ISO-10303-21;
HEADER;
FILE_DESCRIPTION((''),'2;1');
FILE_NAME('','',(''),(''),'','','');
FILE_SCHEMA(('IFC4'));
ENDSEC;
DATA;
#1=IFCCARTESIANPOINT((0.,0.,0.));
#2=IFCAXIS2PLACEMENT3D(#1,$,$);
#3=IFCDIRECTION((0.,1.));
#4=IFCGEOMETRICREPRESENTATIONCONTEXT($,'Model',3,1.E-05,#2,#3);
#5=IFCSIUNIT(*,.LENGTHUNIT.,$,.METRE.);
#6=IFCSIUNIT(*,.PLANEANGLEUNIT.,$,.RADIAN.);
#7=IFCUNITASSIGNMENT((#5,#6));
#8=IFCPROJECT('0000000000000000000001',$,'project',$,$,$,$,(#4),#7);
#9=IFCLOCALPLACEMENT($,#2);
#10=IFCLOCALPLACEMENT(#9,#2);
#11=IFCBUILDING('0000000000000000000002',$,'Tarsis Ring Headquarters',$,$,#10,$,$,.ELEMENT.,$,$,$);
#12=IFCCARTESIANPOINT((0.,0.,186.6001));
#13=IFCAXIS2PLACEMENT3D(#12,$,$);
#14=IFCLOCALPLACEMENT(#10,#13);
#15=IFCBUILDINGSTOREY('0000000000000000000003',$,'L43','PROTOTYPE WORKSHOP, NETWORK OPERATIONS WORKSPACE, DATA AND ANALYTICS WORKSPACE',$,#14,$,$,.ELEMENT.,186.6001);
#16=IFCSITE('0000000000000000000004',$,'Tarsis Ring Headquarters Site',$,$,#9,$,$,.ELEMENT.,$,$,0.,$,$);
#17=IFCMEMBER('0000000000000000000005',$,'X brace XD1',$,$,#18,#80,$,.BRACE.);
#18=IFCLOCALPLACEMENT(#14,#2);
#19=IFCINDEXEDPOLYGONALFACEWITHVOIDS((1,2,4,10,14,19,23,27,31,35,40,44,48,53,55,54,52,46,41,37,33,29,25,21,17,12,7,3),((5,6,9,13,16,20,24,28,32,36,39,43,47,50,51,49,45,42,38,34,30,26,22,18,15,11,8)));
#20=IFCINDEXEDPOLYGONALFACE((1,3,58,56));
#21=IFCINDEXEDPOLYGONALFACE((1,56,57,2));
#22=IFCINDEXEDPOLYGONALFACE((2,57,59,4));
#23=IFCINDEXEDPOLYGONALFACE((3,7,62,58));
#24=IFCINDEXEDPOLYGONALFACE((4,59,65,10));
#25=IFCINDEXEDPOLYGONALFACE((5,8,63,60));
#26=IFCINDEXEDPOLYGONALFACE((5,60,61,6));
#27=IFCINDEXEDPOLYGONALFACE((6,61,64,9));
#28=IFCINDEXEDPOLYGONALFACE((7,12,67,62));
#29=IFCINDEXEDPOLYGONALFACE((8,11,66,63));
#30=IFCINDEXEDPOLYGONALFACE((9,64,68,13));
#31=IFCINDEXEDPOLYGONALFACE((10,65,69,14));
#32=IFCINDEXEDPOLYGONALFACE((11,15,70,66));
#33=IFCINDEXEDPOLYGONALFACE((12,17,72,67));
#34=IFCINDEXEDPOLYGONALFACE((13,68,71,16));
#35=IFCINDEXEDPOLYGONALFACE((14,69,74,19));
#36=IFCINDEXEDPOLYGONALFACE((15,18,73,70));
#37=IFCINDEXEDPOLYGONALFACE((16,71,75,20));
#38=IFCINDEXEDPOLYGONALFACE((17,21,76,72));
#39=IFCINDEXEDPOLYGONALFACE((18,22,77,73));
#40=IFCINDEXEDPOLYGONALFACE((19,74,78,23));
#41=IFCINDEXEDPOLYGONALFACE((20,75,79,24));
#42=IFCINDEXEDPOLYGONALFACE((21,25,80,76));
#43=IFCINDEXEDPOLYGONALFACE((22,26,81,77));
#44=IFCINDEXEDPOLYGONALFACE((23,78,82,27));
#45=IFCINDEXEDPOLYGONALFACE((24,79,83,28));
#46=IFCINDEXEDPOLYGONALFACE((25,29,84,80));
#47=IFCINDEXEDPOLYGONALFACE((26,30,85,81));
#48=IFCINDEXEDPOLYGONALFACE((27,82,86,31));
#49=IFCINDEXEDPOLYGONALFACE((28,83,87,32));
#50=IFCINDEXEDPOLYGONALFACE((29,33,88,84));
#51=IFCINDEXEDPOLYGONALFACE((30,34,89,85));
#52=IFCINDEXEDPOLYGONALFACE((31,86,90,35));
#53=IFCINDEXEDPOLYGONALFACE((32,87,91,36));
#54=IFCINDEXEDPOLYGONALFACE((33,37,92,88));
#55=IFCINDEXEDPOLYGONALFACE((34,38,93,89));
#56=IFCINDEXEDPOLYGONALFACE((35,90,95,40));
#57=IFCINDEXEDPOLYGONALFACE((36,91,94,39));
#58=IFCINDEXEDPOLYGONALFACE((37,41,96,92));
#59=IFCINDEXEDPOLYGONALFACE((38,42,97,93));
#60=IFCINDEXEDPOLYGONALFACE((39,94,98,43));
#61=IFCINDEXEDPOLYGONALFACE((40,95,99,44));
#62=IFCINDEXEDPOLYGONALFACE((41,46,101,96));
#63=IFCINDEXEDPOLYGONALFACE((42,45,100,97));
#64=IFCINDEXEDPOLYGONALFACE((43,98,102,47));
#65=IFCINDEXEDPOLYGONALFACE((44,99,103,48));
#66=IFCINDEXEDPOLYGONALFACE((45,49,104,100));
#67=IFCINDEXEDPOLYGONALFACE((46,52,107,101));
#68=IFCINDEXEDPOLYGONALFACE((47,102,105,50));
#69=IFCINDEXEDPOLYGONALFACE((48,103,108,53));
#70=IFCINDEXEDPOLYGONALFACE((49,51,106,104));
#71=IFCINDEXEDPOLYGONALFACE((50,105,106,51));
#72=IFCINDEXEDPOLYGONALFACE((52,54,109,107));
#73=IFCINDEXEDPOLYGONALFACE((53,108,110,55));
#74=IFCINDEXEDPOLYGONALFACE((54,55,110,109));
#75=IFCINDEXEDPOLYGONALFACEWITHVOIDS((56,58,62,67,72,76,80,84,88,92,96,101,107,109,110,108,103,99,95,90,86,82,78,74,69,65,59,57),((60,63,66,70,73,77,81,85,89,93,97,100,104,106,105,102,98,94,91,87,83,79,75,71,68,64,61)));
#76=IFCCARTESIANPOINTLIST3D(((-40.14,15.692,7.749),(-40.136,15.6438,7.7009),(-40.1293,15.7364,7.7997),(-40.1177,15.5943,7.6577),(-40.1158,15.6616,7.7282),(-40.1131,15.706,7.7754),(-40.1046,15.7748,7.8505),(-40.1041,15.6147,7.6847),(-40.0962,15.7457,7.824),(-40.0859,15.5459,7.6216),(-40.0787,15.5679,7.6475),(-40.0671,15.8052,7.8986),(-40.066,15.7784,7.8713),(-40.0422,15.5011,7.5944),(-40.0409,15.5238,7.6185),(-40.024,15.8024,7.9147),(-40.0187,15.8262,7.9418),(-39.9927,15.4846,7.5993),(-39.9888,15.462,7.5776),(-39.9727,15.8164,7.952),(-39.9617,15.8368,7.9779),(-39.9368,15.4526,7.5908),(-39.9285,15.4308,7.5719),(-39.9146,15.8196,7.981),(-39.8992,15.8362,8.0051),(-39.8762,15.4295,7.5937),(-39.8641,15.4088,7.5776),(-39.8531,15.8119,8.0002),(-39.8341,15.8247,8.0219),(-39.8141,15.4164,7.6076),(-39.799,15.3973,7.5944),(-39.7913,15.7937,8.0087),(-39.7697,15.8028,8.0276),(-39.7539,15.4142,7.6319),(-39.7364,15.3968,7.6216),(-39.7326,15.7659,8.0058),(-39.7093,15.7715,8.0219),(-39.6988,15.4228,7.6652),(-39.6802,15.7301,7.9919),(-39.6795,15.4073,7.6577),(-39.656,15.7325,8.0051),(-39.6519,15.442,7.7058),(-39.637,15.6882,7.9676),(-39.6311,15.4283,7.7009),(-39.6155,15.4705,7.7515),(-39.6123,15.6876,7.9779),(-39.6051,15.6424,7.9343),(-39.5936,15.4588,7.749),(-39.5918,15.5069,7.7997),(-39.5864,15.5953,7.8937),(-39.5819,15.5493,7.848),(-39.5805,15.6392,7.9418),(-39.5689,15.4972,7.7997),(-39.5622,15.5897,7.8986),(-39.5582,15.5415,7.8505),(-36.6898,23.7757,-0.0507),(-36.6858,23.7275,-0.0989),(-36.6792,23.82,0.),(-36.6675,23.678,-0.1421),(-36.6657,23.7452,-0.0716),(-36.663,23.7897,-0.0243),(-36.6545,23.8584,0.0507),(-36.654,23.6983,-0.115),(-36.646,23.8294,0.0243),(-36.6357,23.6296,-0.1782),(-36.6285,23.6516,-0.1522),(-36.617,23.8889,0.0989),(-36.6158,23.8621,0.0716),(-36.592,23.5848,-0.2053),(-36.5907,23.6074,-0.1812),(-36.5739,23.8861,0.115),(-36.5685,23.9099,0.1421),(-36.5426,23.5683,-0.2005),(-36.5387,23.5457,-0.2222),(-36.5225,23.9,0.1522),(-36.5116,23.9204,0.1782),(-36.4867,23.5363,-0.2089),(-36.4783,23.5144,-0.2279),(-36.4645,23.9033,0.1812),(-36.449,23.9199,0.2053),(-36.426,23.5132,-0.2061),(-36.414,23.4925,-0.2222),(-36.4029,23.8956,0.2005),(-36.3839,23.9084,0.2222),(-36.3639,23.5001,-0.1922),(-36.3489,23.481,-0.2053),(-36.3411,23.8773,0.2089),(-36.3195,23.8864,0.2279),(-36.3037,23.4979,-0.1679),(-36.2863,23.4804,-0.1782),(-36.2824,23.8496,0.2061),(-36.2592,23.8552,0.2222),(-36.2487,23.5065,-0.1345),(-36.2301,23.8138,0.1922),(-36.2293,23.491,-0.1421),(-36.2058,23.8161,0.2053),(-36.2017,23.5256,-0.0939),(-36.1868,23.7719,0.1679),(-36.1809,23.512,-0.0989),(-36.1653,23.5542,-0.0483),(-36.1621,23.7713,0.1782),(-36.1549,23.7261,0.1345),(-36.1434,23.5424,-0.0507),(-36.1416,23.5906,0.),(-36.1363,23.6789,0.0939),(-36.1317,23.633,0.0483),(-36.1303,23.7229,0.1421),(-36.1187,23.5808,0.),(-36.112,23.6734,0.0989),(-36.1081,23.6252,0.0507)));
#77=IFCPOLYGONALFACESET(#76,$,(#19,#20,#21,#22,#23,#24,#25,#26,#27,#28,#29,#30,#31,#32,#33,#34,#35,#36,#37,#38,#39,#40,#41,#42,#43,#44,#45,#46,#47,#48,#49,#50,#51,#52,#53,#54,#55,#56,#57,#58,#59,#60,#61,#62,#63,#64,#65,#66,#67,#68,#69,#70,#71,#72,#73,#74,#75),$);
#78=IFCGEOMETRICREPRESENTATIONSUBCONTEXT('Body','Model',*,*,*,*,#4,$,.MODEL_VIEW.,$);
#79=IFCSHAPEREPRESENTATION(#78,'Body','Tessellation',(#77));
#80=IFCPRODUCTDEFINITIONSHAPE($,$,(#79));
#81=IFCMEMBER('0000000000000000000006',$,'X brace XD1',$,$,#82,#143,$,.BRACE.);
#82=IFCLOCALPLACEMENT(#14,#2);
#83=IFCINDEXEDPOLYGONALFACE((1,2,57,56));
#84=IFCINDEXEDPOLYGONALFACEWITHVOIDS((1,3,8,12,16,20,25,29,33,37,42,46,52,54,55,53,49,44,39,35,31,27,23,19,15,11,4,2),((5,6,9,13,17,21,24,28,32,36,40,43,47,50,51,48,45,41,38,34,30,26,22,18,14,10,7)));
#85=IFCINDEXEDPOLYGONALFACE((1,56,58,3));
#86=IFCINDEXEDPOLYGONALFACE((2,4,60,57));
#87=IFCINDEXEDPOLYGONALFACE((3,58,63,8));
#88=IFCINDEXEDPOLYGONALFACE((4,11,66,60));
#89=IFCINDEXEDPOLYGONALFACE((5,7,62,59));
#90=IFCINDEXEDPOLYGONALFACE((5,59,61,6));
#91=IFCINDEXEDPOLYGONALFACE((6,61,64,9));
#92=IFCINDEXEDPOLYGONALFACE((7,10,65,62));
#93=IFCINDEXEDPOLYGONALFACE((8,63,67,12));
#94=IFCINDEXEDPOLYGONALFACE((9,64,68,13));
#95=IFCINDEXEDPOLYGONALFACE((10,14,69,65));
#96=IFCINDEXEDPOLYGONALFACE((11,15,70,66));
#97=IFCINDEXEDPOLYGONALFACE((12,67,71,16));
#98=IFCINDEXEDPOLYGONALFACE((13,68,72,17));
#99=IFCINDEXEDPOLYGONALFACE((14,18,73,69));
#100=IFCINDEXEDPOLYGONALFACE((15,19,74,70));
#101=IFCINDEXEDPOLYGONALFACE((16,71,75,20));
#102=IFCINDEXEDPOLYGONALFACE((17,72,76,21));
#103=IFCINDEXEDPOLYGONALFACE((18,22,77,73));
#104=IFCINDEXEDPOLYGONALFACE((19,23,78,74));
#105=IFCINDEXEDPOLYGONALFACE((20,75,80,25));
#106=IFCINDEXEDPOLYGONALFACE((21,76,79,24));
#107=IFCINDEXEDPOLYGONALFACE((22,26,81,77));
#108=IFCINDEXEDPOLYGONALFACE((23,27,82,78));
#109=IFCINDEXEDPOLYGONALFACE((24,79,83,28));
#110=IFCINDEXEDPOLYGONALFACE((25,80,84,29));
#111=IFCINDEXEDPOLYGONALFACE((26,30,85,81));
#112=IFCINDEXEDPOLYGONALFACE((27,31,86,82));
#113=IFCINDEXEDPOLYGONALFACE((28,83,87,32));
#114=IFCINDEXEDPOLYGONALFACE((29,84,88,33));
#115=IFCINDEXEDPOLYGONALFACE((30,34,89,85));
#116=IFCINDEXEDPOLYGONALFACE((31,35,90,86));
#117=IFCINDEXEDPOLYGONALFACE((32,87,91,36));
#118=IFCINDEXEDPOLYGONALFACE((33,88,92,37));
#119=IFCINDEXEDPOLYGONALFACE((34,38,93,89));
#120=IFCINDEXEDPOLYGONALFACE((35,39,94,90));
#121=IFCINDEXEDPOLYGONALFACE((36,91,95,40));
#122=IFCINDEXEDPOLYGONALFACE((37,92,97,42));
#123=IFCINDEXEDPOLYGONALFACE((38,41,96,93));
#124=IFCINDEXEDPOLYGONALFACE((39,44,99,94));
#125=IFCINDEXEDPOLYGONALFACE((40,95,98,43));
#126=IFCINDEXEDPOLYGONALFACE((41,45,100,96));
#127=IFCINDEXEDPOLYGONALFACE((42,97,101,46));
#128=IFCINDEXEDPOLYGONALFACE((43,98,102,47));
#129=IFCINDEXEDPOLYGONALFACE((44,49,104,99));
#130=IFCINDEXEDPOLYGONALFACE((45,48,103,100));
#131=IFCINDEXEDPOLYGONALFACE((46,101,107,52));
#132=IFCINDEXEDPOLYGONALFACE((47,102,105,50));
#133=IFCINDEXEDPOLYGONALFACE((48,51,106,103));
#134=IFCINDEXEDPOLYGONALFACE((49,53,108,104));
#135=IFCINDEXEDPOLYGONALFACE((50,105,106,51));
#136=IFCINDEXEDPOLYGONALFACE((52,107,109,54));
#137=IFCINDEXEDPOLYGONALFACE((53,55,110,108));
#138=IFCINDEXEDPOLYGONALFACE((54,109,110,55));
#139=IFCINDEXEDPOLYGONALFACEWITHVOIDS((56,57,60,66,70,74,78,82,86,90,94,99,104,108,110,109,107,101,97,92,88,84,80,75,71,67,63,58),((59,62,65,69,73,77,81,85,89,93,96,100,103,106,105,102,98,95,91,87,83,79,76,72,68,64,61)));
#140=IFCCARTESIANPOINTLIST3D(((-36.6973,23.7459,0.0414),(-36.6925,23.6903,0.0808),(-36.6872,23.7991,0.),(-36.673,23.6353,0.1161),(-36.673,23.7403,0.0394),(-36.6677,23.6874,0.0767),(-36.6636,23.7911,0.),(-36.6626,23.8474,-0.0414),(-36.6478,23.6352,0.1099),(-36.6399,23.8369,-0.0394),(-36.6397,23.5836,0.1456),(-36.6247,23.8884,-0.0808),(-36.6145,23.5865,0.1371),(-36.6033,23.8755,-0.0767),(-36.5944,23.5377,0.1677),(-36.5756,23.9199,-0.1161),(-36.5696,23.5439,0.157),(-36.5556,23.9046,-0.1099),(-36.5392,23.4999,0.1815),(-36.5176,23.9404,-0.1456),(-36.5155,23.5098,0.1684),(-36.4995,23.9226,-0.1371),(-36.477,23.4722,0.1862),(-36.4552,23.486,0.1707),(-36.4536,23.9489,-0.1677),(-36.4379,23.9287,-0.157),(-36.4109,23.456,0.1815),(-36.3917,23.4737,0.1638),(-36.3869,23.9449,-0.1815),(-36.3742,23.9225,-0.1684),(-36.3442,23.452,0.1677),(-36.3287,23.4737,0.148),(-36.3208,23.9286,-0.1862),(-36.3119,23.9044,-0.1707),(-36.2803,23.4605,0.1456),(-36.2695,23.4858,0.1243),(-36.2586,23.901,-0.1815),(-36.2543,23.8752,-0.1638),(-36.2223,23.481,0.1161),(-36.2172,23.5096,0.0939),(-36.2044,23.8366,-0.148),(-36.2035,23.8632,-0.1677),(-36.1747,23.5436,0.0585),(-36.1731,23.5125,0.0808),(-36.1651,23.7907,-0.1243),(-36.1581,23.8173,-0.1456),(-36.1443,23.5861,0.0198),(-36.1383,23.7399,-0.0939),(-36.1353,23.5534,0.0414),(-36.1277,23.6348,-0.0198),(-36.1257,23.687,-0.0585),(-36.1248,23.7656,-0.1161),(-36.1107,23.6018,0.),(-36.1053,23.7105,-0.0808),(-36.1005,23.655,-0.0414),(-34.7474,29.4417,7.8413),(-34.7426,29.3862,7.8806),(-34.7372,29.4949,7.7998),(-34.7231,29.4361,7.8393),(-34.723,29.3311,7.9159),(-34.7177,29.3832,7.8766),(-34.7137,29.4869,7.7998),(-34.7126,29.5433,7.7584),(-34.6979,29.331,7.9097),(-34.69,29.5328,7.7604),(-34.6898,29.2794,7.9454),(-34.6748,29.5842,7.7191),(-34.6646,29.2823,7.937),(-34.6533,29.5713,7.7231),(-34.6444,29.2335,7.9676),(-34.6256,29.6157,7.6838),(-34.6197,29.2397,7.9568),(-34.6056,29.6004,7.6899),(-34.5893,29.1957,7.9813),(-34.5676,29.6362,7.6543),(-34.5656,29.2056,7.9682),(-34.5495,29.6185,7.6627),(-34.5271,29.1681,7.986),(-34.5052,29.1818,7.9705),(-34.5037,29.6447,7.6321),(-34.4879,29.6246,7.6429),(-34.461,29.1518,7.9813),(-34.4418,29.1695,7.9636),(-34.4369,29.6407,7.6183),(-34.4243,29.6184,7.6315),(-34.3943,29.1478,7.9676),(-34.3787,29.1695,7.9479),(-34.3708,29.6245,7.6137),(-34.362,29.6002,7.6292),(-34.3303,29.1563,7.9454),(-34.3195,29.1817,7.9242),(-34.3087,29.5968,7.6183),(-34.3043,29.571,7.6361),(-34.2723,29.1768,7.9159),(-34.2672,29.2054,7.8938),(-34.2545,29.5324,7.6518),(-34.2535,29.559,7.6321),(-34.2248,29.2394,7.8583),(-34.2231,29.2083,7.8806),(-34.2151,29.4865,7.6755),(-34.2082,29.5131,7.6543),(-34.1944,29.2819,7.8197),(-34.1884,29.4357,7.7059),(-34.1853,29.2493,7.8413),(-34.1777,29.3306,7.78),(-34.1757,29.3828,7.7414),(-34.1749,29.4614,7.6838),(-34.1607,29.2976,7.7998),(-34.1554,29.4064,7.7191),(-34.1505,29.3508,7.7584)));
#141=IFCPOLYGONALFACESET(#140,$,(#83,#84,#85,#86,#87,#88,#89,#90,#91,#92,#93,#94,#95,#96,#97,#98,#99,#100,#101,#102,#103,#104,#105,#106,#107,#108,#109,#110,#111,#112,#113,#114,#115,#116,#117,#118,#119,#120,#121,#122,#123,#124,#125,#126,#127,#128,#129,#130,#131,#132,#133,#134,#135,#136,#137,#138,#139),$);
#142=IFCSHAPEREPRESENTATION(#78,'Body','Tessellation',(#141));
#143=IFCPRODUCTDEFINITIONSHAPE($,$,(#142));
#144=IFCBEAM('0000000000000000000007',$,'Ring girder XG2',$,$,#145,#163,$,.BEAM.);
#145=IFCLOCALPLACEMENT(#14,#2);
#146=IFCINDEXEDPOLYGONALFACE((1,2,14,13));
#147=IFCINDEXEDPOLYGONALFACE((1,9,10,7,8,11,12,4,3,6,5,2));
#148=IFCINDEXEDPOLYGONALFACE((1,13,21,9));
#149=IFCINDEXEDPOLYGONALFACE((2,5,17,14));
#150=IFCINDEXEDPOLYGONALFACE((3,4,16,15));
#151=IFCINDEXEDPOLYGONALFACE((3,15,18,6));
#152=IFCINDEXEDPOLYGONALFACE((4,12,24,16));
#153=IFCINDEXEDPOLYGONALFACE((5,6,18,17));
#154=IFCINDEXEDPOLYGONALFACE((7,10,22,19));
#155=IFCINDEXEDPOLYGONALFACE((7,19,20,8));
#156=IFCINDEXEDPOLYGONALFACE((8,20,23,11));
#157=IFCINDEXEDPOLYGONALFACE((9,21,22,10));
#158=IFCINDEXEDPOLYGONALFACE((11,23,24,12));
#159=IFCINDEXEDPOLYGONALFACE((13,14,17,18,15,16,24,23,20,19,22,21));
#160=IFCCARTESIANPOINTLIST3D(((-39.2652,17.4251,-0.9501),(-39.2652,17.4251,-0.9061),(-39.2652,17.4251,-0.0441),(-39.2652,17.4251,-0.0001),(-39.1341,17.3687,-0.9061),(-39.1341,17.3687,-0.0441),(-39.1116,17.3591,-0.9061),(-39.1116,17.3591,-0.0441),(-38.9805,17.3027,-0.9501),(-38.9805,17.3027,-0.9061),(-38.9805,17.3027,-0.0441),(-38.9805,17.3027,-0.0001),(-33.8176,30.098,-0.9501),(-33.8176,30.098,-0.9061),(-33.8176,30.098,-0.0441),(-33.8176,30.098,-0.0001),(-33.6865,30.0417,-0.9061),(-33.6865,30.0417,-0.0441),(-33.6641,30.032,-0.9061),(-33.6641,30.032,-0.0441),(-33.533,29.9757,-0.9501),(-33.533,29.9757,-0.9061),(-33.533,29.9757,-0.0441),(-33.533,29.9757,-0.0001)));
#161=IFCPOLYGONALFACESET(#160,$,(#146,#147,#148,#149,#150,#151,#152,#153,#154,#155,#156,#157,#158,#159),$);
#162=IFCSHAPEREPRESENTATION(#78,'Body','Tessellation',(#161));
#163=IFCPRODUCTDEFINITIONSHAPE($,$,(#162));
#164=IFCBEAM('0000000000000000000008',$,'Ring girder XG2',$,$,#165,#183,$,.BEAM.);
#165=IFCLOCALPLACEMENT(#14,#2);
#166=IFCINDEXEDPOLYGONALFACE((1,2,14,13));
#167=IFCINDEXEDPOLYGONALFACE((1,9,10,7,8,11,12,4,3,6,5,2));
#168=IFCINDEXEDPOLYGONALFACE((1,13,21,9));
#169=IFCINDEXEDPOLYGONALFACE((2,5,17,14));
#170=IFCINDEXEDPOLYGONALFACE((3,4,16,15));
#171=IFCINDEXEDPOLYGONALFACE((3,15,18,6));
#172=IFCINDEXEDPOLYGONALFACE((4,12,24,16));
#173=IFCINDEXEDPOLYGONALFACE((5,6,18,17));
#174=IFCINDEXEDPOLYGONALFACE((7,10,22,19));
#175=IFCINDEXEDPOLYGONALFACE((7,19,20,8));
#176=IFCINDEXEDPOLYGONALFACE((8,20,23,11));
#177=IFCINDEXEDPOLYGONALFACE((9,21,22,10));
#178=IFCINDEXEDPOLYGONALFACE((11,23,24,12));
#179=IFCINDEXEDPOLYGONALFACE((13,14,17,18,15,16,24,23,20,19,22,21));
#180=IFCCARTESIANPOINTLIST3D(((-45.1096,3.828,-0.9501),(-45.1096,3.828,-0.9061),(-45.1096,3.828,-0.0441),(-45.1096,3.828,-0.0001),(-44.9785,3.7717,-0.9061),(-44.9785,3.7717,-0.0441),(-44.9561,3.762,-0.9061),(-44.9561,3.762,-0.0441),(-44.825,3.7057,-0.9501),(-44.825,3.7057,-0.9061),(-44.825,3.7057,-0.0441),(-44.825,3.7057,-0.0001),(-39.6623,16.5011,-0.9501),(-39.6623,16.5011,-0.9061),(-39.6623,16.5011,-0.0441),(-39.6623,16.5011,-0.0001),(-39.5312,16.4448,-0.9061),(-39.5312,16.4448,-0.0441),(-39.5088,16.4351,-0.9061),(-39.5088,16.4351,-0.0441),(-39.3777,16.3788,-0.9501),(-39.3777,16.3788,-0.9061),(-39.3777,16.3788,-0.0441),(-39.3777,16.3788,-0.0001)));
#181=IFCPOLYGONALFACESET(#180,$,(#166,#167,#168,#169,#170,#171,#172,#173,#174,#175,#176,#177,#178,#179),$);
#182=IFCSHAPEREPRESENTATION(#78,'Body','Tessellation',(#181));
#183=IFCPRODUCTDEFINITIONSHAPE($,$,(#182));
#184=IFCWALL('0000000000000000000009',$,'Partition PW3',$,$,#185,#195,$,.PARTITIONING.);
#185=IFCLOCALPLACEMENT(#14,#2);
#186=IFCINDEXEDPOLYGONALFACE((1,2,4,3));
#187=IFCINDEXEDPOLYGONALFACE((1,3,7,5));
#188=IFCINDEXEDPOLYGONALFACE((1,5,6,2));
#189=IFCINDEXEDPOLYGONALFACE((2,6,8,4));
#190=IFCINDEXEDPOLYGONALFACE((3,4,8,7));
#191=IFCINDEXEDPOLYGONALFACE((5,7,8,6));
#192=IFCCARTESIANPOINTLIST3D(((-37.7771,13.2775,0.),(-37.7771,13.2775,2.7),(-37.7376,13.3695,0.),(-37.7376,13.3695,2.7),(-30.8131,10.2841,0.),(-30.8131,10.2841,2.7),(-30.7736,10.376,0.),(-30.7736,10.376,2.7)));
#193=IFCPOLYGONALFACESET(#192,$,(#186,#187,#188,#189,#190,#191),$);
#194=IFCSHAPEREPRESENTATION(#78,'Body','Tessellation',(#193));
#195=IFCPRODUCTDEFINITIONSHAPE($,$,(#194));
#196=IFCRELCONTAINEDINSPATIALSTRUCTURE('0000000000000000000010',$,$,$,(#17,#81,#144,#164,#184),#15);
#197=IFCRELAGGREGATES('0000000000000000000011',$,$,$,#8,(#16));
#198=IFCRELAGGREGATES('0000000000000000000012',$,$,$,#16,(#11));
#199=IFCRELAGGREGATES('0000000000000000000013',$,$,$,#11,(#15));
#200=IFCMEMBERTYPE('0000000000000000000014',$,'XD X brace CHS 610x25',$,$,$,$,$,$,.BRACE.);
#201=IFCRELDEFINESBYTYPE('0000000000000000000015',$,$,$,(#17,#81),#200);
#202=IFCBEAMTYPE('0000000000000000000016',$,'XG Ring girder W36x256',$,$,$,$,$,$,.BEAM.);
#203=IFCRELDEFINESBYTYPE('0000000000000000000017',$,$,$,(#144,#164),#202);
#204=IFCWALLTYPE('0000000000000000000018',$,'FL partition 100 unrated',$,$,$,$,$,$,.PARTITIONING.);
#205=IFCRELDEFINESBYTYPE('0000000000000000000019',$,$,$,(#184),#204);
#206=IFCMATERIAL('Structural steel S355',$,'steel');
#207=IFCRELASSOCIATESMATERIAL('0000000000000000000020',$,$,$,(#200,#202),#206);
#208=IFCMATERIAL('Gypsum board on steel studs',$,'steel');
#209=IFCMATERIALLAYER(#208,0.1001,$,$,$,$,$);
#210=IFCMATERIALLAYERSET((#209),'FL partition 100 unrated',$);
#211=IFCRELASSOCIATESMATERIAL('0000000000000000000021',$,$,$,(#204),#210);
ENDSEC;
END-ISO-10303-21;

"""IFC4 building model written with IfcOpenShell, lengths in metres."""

from ifc_helpers import new_model, si_unit, direction, frame, frame_2d, origin, origin_2d, place, context, subcontext, project, spatial, rectangle, hollow_circle, i_section, extrude, material, layer, layer_set, material_profile, profile_set, type_object, element, save


model = new_model("IFC4")

# Units and contexts
model_context = context("Model", 3, precision=1e-05, world=origin(), true_north=direction((0.0, 1.0)))
body_context = subcontext(model_context, "Body", "Model", "MODEL_VIEW")
ifc_project = project(units=[si_unit("LENGTHUNIT", "METRE"), si_unit("PLANEANGLEUNIT", "RADIAN")], contexts=[model_context])

# Site, building, storey
site_placement = place(None, origin())
site = spatial("IfcSite", under=ifc_project, at=site_placement, Name="Tarsis Ring Headquarters Site", CompositionType="ELEMENT", RefElevation=0.0)
building_placement = place(site_placement, origin())
building = spatial("IfcBuilding", under=site, at=building_placement, Name="Tarsis Ring Headquarters", CompositionType="ELEMENT")
storey_placement = place(building_placement, frame((0.0, 0.0, 186.6001)))
storey = spatial("IfcBuildingStorey", under=building, at=storey_placement, Name="L43", Description="PROTOTYPE WORKSHOP, NETWORK OPERATIONS WORKSPACE, DATA AND ANALYTICS WORKSPACE", CompositionType="ELEMENT", Elevation=186.6001)

# Shared definitions
ifc_material_1 = material(Name="Structural steel S355", Category="steel")

# Members
ifc_material_profile_1 = material_profile(ifc_material_1, hollow_circle(Radius=0.3047, WallThickness=0.0249, at=origin_2d()), Name="CHS 610x25")
ifc_profile_set_1 = profile_set([ifc_material_profile_1], Name="Structural steel S355")
member_type = type_object("IfcMemberType", Name="XD X brace CHS 610x25", PredefinedType="BRACE", material=ifc_profile_set_1)
member_1_placement = place(storey_placement, frame((-36.3989, 23.7004, 0.0), z_axis=(-0.293607, -0.687915, 0.663753), x_axis=(0.919732, -0.392548, 0.0)))
element("IfcMember", 1, at=member_1_placement, inside=storey, type_object=member_type, Name="X brace XD1", PredefinedType="BRACE", context=body_context, shape_type="SweptSolid", body=[
    extrude(hollow_circle(Radius=0.3047, WallThickness=0.0249, at=origin_2d()), origin(), (0.0, 0.0, 1.0), 11.751),
])
member_2_placement = place(storey_placement, frame((-36.3989, 23.7004, 0.0), z_axis=(0.197905, 0.578078, 0.791618), x_axis=(-0.946093, 0.323894, 0.0)))
element("IfcMember", 2, at=member_2_placement, inside=storey, type_object=member_type, Name="X brace XD1", PredefinedType="BRACE", context=body_context, shape_type="SweptSolid", body=[
    extrude(hollow_circle(Radius=0.3047, WallThickness=0.0249, at=origin_2d()), origin(), (0.0, 0.0, 1.0), 9.853),
])

# Beams
ifc_material_profile_2 = material_profile(ifc_material_1, i_section(OverallWidth=0.3098, OverallDepth=0.95, WebThickness=0.0244, FlangeThickness=0.0439, at=origin_2d()), Name="W36x256")
ifc_profile_set_2 = profile_set([ifc_material_profile_2], Name="Structural steel S355")
beam_type = type_object("IfcBeamType", Name="XG Ring girder W36x256", PredefinedType="BEAM", material=ifc_profile_set_2)
for number, where, z_axis, x_axis, name in (
    (3, (-33.6753, 30.0369, -0.4751), (-0.394917, -0.918717, 0.0), (0.918717, -0.394917, 0.0), "Ring girder XG2"),
    (4, (-39.52, 16.4399, -0.4751), (-0.394895, -0.918726, 0.0), (0.918726, -0.394895, 0.0), "Ring girder XG2"),
):
    element("IfcBeam", number, at=place(storey_placement, frame(where, z_axis=z_axis, x_axis=x_axis)), inside=storey, type_object=beam_type, Name=name, PredefinedType="BEAM", context=body_context, shape_type="SweptSolid", body=[
        extrude(i_section(OverallWidth=0.3098, OverallDepth=0.95, WebThickness=0.0244, FlangeThickness=0.0439, at=origin_2d()), origin(), (0.0, 0.0, 1.0), 13.7942),
    ])

# Wall
ifc_material_2 = material(Name="Gypsum board on steel studs", Category="steel")
ifc_layer_1 = layer(ifc_material_2, 0.1001)
ifc_layer_set_1 = layer_set([ifc_layer_1], Name="FL partition 100 unrated")
wall_type_1 = type_object("IfcWallType", Name="FL partition 100 unrated", PredefinedType="PARTITIONING", material=ifc_layer_set_1)
wall_1_placement = place(storey_placement, frame((-37.7573, 13.3235, 0.0), z_axis=(0.0, 0.0, 1.0), x_axis=(0.91872, -0.39491, 0.0)))
element("IfcWall", 5, at=wall_1_placement, inside=storey, type_object=wall_type_1, Name="Partition PW3", PredefinedType="PARTITIONING", context=body_context, shape_type="SweptSolid", body=[
    extrude(rectangle(XDim=7.5801, YDim=0.1001, at=frame_2d((3.79, 0.0))), origin(), (0.0, 0.0, 1.0), 2.7),
])

save(model, "model.ifc")
